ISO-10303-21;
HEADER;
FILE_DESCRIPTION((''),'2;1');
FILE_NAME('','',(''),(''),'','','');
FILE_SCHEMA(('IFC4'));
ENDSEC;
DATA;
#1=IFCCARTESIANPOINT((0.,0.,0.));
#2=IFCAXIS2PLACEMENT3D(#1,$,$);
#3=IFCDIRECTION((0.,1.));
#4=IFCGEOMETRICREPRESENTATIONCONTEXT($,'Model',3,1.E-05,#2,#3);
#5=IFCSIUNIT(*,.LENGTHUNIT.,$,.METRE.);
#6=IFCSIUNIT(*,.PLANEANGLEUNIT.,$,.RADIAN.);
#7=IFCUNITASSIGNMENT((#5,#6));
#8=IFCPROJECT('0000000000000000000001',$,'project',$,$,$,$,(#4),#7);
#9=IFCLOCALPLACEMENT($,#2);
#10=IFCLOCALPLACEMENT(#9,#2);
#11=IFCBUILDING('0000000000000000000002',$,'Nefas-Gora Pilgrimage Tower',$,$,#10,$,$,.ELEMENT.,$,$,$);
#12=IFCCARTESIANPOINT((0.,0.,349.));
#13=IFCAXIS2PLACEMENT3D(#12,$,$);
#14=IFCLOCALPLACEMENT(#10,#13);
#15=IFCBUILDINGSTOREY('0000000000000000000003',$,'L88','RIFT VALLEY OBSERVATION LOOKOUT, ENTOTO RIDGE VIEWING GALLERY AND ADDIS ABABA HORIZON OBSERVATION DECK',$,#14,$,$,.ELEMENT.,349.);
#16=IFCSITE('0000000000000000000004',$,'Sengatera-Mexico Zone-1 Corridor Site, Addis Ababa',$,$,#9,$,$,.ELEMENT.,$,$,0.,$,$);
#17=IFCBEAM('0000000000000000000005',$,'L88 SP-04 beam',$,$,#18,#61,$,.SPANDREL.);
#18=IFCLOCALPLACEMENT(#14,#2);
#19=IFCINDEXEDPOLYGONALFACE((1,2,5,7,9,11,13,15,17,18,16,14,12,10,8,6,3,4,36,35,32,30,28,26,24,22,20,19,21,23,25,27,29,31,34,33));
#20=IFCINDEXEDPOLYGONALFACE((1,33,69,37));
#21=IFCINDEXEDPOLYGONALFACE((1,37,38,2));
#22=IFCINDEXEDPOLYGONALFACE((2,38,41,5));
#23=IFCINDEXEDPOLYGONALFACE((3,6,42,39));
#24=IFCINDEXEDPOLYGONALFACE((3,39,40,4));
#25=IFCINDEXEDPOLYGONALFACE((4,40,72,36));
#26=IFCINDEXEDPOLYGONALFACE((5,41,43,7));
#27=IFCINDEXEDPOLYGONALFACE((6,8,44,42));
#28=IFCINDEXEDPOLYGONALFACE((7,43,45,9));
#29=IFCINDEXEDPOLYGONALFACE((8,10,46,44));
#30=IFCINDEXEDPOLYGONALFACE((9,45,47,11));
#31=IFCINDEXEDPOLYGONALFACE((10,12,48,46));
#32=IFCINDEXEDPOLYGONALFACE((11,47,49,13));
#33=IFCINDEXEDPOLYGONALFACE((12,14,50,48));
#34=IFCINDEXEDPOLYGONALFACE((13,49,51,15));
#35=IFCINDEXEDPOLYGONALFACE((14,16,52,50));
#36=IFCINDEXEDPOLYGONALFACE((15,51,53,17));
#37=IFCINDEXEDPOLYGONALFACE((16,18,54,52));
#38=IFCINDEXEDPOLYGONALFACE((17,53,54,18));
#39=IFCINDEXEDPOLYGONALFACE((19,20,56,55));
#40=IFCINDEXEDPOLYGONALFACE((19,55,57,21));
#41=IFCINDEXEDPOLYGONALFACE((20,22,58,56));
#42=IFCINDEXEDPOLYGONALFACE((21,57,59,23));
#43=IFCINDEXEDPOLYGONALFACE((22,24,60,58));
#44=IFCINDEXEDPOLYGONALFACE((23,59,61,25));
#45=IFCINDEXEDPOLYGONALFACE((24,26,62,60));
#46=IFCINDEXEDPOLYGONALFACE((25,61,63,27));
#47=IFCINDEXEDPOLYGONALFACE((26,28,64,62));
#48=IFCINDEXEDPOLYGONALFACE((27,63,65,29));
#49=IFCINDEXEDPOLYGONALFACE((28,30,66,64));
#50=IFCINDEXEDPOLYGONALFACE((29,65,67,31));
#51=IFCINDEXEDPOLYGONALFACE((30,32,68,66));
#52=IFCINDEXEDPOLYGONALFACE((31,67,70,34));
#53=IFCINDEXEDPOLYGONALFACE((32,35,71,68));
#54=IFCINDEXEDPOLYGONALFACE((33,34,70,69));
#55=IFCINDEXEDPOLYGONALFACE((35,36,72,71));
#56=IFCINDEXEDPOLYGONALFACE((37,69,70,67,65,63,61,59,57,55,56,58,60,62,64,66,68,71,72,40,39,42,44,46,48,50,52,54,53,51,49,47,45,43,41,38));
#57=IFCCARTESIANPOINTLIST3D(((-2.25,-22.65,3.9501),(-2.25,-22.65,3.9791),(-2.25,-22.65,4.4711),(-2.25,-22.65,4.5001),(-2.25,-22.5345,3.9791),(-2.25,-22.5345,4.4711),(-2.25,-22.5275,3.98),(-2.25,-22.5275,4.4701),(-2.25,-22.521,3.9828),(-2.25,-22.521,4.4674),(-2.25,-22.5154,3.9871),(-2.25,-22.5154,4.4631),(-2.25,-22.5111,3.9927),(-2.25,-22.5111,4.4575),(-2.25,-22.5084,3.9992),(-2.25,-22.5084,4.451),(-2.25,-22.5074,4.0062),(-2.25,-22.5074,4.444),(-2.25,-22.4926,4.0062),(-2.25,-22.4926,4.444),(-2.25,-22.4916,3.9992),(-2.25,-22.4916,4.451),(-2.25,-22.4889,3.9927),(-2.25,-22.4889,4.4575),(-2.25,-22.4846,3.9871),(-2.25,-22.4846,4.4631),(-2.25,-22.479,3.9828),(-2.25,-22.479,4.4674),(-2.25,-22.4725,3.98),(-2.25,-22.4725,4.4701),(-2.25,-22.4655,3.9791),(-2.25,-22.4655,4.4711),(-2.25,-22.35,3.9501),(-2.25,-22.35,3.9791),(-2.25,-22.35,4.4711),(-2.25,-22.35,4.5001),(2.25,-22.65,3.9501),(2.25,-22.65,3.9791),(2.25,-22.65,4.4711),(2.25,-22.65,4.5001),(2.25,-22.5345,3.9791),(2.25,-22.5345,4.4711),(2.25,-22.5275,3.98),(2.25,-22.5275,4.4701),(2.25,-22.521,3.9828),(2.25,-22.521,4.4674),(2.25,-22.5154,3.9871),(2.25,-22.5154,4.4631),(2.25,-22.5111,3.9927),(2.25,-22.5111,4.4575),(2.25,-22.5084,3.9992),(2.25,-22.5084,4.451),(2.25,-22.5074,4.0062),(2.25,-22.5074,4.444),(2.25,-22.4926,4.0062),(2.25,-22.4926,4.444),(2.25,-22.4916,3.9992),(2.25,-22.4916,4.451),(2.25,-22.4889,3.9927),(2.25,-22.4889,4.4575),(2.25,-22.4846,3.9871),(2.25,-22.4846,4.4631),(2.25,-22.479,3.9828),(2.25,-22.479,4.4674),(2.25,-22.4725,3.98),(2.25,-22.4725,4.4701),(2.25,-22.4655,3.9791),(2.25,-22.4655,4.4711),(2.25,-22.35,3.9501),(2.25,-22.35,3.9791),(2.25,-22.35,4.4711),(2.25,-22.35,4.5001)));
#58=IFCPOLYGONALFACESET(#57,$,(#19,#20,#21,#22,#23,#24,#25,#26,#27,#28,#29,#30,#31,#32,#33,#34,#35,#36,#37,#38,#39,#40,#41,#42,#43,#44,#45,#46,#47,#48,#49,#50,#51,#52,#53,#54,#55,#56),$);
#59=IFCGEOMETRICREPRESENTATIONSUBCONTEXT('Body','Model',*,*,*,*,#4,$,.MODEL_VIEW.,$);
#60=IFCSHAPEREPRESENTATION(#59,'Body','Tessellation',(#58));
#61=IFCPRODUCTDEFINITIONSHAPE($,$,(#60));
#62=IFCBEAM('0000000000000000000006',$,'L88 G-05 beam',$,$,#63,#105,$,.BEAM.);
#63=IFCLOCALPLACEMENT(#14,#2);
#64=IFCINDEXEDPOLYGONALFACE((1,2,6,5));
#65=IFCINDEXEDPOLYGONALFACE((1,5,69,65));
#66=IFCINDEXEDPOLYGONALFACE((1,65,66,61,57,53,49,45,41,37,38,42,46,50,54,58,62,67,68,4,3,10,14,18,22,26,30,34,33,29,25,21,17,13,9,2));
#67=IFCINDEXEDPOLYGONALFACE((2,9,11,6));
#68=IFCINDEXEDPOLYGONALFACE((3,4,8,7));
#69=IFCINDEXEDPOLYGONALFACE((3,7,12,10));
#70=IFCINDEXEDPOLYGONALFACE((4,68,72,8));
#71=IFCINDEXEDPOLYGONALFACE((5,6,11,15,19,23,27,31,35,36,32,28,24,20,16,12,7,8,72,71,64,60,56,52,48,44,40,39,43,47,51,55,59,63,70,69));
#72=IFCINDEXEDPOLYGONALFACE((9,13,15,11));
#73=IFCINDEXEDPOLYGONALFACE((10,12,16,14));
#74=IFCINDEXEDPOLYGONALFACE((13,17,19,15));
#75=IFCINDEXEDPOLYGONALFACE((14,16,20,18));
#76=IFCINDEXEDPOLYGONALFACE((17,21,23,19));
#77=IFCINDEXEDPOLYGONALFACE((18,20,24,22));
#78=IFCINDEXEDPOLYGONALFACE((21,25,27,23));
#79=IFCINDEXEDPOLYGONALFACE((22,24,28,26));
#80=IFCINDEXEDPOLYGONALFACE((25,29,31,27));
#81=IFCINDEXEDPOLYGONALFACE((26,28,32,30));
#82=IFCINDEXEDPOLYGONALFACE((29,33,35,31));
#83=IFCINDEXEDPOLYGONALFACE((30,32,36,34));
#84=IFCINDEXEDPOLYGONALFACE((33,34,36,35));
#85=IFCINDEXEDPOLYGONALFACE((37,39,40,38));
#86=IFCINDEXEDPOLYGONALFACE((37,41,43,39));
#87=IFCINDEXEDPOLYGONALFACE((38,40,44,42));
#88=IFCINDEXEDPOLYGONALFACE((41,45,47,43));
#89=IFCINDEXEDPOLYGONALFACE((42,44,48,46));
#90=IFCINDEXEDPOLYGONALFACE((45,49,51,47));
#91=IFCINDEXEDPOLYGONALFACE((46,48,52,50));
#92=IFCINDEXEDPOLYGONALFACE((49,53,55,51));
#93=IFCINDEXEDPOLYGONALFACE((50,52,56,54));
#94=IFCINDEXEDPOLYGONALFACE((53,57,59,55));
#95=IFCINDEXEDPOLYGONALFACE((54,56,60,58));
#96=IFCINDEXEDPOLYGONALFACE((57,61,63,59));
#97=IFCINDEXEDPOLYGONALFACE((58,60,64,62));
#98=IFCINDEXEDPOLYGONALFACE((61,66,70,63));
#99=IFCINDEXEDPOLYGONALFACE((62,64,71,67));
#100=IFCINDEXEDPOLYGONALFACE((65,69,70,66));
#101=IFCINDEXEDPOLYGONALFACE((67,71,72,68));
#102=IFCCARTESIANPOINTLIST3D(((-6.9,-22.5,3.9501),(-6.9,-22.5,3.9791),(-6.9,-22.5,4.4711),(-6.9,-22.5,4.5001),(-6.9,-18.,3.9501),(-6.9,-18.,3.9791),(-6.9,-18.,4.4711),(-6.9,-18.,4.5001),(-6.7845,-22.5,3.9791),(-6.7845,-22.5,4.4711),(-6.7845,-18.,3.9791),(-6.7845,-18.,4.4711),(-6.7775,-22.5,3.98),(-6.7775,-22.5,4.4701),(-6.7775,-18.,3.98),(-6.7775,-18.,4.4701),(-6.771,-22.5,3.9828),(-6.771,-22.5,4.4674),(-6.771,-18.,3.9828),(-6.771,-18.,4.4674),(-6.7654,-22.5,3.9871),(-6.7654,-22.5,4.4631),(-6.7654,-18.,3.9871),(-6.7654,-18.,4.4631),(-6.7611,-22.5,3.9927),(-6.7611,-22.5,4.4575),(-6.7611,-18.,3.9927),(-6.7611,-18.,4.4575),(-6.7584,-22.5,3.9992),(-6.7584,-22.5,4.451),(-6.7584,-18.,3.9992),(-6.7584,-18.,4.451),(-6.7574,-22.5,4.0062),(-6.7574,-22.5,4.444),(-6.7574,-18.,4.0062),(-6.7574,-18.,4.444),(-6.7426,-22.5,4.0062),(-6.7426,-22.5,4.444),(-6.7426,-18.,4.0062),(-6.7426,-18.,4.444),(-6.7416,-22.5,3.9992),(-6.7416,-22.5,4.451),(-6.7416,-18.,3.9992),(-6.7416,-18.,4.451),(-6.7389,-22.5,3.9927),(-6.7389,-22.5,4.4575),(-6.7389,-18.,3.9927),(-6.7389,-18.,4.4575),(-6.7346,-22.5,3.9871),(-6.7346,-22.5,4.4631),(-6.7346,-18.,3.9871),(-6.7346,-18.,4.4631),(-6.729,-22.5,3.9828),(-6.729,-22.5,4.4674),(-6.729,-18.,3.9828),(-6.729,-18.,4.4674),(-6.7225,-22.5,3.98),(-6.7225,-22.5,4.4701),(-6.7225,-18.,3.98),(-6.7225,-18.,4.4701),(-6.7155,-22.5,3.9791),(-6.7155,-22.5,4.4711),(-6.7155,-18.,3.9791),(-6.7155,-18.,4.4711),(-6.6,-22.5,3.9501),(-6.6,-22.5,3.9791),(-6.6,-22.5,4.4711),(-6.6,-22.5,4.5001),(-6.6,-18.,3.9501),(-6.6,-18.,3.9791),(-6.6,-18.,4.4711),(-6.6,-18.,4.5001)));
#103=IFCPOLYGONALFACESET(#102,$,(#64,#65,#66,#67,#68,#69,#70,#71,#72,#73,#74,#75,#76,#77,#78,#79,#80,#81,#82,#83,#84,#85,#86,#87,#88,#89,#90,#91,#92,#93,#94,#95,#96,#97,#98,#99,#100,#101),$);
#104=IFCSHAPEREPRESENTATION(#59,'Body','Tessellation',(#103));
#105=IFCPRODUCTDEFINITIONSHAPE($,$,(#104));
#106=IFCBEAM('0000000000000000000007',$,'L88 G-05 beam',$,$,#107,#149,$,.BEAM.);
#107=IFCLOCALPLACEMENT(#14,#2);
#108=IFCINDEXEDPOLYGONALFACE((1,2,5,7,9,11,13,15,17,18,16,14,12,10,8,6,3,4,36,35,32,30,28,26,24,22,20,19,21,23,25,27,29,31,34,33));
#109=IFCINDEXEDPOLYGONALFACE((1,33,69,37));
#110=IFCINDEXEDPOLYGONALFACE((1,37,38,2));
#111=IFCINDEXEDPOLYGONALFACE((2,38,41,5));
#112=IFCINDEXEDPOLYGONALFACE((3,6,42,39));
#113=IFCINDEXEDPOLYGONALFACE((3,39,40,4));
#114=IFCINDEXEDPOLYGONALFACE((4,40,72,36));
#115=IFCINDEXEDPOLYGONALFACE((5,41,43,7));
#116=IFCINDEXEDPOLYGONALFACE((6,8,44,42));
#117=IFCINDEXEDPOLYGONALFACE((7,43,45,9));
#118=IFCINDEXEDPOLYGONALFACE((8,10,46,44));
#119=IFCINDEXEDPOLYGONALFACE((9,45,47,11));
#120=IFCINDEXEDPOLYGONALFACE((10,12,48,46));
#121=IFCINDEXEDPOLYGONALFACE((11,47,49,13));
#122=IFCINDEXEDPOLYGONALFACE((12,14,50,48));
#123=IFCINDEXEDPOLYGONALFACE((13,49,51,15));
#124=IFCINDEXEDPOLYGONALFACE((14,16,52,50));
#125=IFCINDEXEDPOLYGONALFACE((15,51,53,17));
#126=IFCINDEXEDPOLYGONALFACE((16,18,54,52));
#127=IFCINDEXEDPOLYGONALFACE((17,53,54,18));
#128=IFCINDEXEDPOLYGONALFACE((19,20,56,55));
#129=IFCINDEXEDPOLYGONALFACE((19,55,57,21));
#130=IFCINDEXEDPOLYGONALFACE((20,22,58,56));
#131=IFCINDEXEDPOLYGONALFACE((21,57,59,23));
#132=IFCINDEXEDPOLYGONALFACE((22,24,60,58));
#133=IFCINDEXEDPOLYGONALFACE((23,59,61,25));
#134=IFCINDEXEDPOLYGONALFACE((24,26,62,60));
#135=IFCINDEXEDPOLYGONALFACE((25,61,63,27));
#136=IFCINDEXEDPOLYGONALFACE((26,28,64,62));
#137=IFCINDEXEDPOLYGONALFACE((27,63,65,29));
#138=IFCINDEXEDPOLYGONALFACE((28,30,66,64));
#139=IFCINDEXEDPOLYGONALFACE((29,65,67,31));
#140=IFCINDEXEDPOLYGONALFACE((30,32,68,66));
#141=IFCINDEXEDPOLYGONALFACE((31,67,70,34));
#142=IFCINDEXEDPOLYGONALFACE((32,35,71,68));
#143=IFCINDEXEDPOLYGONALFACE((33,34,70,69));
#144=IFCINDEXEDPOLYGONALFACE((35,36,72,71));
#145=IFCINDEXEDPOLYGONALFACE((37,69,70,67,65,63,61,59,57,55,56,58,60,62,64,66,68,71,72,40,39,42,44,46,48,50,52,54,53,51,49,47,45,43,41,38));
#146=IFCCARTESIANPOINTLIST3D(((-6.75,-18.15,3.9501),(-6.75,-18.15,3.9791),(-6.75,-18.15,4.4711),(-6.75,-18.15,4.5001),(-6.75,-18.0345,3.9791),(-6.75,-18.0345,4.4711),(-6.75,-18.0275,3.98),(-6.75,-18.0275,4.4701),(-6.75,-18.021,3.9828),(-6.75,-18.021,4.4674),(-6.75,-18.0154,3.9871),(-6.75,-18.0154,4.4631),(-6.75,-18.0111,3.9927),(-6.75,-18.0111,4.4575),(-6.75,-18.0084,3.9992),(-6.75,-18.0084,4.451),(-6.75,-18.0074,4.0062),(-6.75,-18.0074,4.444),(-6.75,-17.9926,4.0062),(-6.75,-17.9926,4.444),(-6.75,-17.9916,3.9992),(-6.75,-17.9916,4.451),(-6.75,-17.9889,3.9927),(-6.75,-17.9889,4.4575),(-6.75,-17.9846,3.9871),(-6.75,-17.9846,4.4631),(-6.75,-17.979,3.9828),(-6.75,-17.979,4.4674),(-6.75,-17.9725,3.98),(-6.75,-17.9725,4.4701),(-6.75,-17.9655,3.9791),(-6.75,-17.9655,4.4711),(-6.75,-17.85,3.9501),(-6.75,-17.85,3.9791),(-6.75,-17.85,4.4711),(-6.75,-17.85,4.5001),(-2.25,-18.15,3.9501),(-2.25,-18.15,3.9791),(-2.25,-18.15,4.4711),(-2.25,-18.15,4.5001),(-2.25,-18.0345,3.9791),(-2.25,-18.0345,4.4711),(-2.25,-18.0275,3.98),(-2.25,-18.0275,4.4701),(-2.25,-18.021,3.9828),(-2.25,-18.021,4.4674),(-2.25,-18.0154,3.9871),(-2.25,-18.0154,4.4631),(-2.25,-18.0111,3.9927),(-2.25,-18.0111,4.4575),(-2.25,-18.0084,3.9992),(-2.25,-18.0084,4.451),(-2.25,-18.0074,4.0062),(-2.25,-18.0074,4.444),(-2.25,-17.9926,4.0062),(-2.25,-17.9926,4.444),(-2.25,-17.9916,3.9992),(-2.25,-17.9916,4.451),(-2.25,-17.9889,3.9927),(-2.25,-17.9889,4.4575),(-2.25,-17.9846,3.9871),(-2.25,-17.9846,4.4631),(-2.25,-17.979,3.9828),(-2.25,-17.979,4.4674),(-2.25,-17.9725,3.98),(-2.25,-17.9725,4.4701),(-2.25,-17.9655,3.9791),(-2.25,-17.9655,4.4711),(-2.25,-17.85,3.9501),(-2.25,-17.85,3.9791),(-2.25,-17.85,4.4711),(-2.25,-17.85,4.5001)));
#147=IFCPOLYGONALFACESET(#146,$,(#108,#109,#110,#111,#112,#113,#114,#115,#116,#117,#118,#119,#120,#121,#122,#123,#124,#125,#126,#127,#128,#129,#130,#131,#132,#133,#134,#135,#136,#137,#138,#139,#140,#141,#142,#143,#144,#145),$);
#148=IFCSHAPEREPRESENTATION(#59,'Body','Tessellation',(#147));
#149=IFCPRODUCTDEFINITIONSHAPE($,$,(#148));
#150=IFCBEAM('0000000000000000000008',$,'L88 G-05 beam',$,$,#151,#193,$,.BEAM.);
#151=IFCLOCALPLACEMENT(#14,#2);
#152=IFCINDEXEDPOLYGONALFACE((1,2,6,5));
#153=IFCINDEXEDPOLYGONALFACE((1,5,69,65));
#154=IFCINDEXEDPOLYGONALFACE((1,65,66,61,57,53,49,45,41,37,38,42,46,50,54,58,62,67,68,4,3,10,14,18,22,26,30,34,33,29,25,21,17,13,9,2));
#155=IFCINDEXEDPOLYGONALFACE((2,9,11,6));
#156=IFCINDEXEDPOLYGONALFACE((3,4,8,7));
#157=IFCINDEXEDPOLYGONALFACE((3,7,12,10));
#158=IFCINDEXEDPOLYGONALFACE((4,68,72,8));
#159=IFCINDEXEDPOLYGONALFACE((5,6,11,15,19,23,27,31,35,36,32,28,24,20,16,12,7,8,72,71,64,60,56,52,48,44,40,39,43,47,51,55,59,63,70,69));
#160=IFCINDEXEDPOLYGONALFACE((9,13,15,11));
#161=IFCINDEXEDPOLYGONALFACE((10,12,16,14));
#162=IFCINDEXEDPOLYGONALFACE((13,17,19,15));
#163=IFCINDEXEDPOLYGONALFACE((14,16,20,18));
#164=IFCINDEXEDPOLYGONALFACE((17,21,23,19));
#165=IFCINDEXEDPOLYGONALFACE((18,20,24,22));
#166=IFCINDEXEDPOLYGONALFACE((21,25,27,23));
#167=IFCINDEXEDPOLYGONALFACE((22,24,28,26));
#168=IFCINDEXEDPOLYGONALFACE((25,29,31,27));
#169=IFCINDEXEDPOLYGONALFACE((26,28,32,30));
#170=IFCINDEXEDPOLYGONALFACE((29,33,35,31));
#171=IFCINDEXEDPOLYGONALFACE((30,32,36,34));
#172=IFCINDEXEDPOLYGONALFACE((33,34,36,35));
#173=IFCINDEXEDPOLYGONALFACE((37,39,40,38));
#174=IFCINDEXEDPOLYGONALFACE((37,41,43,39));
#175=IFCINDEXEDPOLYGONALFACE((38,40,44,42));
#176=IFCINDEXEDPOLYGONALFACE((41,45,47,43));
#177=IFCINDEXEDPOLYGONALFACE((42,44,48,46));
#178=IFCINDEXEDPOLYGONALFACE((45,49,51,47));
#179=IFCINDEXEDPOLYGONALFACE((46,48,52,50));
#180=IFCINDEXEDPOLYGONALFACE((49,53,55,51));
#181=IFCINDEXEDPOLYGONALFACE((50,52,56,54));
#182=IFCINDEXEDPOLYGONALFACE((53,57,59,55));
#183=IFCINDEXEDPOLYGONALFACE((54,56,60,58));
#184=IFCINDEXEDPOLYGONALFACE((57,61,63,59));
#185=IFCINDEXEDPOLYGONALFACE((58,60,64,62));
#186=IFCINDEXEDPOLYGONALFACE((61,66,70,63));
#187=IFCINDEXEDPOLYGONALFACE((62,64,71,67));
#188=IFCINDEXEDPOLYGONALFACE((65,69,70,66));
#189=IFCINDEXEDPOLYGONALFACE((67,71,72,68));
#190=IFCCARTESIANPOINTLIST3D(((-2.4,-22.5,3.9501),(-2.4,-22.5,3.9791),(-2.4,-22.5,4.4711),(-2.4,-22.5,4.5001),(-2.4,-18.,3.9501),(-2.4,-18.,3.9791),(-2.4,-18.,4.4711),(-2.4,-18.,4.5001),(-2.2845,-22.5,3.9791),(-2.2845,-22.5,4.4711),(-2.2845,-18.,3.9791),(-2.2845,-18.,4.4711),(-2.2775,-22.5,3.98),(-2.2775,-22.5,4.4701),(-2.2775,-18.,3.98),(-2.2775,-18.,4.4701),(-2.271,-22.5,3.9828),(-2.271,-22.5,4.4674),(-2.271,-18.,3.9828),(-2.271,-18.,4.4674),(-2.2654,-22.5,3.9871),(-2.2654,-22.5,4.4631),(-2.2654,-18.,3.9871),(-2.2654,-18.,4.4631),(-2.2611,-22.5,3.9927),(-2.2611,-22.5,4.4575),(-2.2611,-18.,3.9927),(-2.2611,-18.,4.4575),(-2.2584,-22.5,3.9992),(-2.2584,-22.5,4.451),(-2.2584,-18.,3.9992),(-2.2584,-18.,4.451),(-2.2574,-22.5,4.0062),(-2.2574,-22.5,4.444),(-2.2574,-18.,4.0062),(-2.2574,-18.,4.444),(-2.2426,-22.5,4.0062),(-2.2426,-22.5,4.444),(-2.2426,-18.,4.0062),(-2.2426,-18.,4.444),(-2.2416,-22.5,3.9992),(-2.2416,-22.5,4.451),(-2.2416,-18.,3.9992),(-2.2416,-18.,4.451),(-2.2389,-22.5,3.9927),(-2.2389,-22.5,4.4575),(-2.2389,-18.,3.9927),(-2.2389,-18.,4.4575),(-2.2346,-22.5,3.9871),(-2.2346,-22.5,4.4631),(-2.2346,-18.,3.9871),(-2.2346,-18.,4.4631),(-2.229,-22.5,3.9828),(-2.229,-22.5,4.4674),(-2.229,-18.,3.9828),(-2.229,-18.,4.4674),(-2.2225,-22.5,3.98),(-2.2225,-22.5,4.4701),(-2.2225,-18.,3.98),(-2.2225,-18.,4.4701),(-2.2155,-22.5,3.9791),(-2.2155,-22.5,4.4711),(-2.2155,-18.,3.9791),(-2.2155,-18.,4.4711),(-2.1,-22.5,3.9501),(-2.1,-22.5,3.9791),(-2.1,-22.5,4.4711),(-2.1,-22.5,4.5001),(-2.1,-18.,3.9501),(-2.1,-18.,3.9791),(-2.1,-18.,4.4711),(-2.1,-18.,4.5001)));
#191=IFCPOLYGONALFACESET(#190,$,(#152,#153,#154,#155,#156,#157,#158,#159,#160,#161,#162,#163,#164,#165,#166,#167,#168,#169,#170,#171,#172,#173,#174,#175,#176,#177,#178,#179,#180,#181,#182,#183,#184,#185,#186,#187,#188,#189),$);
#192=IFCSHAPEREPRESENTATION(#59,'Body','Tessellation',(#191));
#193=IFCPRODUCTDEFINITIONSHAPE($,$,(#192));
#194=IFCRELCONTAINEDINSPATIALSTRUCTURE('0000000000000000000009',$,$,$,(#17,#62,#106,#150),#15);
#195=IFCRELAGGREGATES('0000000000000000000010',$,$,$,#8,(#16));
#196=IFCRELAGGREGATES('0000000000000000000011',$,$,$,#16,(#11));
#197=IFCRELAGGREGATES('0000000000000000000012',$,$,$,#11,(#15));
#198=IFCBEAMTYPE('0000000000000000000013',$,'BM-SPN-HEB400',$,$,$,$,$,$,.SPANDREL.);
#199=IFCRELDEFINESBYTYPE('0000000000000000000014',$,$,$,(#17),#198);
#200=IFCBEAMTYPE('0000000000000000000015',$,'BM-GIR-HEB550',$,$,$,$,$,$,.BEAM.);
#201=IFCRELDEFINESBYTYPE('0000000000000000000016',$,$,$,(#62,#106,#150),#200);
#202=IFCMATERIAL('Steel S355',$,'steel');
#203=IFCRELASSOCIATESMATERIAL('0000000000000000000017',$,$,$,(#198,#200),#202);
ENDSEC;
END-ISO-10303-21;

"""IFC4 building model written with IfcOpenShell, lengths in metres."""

from ifc_helpers import new_model, si_unit, direction, frame, origin, origin_2d, place, context, subcontext, project, spatial, i_section, extrude, source, transform, mapped, material, material_profile, profile_set, type_object, element, save


model = new_model("IFC4")

# Units and contexts
model_context = context("Model", 3, precision=1e-05, world=origin(), true_north=direction((0.0, 1.0)))
body_context = subcontext(model_context, "Body", "Model", "MODEL_VIEW")
ifc_project = project(units=[si_unit("LENGTHUNIT", "METRE"), si_unit("PLANEANGLEUNIT", "RADIAN")], contexts=[model_context])

# Site, building, storey
site_placement = place(None, origin())
site = spatial("IfcSite", under=ifc_project, at=site_placement, Name="Sengatera-Mexico Zone-1 Corridor Site, Addis Ababa", CompositionType="ELEMENT", RefElevation=0.0)
building_placement = place(site_placement, origin())
building = spatial("IfcBuilding", under=site, at=building_placement, Name="Nefas-Gora Pilgrimage Tower", CompositionType="ELEMENT")
storey_placement = place(building_placement, frame((0.0, 0.0, 349.0)))
storey = spatial("IfcBuildingStorey", under=building, at=storey_placement, Name="L88", Description="RIFT VALLEY OBSERVATION LOOKOUT, ENTOTO RIDGE VIEWING GALLERY AND ADDIS ABABA HORIZON OBSERVATION DECK", CompositionType="ELEMENT", Elevation=349.0)

# Shared definitions
ifc_material_1 = material(Name="Steel S355", Category="steel")

# Beams
ifc_material_profile_1 = material_profile(ifc_material_1, i_section(OverallWidth=0.3, OverallDepth=0.55, WebThickness=0.0149, FlangeThickness=0.0291, FilletRadius=0.0271, at=origin_2d()), Name="HEB 550")
ifc_profile_set_1 = profile_set([ifc_material_profile_1], Name="Steel S355")
beam_type_1 = type_object("IfcBeamType", Name="BM-SPN-HEB400", PredefinedType="SPANDREL", material=ifc_profile_set_1)
shared_shape_1 = source(origin(), body_context, "Body", "SweptSolid", [
    extrude(i_section(OverallWidth=0.3, OverallDepth=0.55, WebThickness=0.0149, FlangeThickness=0.0291, FilletRadius=0.0271, at=origin_2d()), origin(), (0.0, 0.0, 1.0), 4.5),
])
for number, where, z_axis, x_axis, name in (
    (1, (-2.25, -22.5, 4.2251), (1.0, 0.0, 0.0), (0.0, 1.0, 0.0), "L88 SP-04 beam"),
):
    element("IfcBeam", number, at=place(storey_placement, frame(where, z_axis=z_axis, x_axis=x_axis)), inside=storey, type_object=beam_type_1, Name=name, PredefinedType="SPANDREL", context=body_context, shape_type="MappedRepresentation", body=[
        mapped(shared_shape_1, transform((0.0, 0.0, 0.0), x_axis=(1.0, 0.0, 0.0), y_axis=(0.0, 1.0, 0.0), z_axis=(0.0, 0.0, 1.0), scale=1.0)),
    ])
ifc_material_profile_2 = material_profile(ifc_material_1, i_section(OverallWidth=0.3, OverallDepth=0.55, WebThickness=0.0149, FlangeThickness=0.0291, FilletRadius=0.0271, at=origin_2d()), Name="HEB 550")
ifc_profile_set_2 = profile_set([ifc_material_profile_2], Name="Steel S355")
beam_type_2 = type_object("IfcBeamType", Name="BM-GIR-HEB550", PredefinedType="BEAM", material=ifc_profile_set_2)
shared_shape_2 = source(origin(), body_context, "Body", "SweptSolid", [
    extrude(i_section(OverallWidth=0.3, OverallDepth=0.55, WebThickness=0.0149, FlangeThickness=0.0291, FilletRadius=0.0271, at=origin_2d()), origin(), (0.0, 0.0, 1.0), 4.5),
])
for number, where, z_axis, x_axis, name in (
    (2, (-6.75, -22.5, 4.2251), (0.0, 1.0, 0.0), (-1.0, 0.0, 0.0), "L88 G-05 beam"),
    (3, (-6.75, -18.0, 4.2251), (1.0, 0.0, 0.0), (0.0, 1.0, 0.0), "L88 G-05 beam"),
    (4, (-2.25, -22.5, 4.2251), (0.0, 1.0, 0.0), (-1.0, 0.0, 0.0), "L88 G-05 beam"),
):
    element("IfcBeam", number, at=place(storey_placement, frame(where, z_axis=z_axis, x_axis=x_axis)), inside=storey, type_object=beam_type_2, Name=name, PredefinedType="BEAM", context=body_context, shape_type="MappedRepresentation", body=[
        mapped(shared_shape_2, transform((0.0, 0.0, 0.0), x_axis=(1.0, 0.0, 0.0), y_axis=(0.0, 1.0, 0.0), z_axis=(0.0, 0.0, 1.0), scale=1.0)),
    ])

save(model, "model.ifc")
